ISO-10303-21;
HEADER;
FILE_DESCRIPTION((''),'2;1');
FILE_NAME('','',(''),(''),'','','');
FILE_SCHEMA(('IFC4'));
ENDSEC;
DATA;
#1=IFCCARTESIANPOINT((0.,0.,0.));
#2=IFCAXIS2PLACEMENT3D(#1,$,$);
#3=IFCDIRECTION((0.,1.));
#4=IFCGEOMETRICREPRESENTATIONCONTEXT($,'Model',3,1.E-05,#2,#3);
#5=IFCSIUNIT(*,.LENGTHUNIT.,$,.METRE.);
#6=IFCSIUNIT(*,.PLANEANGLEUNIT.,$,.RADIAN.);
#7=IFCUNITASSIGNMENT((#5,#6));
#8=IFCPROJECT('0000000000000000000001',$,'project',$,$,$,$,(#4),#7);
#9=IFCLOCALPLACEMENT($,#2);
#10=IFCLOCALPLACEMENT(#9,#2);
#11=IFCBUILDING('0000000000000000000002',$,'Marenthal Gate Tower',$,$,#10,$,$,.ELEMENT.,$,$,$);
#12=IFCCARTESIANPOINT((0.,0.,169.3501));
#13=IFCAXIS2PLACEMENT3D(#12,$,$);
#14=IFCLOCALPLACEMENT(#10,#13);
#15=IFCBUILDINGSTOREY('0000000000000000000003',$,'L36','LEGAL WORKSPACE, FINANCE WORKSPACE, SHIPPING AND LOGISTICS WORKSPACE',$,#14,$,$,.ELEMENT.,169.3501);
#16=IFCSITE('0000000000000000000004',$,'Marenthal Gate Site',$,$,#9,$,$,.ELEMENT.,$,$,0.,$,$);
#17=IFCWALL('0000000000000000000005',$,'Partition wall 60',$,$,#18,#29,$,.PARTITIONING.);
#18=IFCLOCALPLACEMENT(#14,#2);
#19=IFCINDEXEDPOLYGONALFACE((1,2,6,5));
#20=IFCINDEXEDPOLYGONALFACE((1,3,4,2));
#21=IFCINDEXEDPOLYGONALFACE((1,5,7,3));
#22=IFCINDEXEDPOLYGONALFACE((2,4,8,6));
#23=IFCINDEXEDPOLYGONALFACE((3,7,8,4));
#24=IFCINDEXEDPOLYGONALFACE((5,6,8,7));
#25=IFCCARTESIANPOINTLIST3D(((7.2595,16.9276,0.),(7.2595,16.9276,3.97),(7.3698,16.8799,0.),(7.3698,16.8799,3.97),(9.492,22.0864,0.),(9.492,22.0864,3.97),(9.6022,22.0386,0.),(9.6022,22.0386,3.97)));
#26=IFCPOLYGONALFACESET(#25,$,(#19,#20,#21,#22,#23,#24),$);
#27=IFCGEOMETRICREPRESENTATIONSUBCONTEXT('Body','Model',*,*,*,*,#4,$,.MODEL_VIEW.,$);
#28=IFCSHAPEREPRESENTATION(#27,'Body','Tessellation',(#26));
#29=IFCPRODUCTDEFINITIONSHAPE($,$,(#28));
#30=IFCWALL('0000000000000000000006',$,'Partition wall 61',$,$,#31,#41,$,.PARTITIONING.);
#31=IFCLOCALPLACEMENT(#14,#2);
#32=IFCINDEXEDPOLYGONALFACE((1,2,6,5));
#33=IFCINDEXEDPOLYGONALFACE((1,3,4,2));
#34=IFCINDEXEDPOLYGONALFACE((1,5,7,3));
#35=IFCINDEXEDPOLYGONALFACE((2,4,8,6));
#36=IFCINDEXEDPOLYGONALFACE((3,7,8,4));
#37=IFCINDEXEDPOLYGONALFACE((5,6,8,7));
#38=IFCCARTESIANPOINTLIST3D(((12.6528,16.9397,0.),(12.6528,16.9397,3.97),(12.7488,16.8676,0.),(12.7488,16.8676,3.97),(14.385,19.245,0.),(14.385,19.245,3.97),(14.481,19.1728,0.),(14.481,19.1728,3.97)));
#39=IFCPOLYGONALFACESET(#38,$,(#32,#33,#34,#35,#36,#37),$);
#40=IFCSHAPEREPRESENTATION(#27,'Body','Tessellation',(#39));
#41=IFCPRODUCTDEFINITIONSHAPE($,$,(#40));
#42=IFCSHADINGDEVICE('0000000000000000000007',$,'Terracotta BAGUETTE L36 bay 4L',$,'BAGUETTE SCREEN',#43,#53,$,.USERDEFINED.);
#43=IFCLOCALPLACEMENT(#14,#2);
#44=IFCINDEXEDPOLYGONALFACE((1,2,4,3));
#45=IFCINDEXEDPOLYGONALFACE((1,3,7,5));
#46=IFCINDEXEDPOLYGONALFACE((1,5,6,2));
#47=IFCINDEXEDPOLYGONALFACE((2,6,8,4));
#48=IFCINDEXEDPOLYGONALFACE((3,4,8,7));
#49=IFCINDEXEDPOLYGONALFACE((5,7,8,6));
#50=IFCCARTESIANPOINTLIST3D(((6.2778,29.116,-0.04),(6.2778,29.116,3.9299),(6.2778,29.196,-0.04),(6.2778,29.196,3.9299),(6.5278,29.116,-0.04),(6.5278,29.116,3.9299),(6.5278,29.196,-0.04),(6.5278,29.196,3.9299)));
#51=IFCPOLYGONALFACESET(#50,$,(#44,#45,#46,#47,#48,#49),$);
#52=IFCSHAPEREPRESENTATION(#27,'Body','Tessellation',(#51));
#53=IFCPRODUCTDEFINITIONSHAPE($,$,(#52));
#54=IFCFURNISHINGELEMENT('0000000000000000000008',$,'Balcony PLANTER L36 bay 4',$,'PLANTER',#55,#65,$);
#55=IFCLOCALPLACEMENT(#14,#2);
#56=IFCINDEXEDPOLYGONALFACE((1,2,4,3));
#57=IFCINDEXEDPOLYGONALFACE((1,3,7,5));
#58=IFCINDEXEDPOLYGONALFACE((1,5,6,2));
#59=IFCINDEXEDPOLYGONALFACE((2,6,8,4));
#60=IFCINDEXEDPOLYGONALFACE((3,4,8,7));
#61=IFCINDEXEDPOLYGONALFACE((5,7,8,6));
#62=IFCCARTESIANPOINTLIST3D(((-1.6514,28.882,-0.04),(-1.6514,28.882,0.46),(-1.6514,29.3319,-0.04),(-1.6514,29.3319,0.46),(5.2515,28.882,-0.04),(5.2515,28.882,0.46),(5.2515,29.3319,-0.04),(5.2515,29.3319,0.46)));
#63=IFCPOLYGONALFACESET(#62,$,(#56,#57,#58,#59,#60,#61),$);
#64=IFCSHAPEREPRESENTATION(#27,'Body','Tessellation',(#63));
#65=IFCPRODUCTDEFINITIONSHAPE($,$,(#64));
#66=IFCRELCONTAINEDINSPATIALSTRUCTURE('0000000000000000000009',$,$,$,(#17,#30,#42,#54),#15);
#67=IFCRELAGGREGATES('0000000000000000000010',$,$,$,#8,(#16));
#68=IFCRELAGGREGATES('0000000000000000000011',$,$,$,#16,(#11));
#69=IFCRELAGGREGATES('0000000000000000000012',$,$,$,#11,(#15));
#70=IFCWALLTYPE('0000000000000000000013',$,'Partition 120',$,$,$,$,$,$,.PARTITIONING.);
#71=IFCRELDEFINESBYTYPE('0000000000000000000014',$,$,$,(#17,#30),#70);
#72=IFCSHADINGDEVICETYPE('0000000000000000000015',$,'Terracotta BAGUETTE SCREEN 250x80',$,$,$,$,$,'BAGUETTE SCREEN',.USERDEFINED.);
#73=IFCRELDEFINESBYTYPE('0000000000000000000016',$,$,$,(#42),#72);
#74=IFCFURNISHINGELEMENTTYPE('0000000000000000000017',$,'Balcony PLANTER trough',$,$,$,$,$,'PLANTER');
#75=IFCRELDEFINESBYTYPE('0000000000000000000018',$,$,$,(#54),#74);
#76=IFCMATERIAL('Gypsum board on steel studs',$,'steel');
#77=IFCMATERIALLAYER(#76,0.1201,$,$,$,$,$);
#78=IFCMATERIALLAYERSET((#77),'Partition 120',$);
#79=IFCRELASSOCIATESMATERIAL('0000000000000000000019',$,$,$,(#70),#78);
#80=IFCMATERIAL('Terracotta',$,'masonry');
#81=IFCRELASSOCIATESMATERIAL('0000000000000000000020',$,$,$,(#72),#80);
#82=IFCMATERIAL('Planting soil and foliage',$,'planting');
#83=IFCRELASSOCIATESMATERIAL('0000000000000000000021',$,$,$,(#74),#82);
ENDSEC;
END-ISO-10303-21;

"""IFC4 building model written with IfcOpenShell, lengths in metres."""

from ifc_helpers import new_model, si_unit, direction, frame, frame_2d, origin, origin_2d, place, context, subcontext, project, spatial, rectangle, extrude, material, layer, layer_set, material_profile, profile_set, type_object, element, save


model = new_model("IFC4")

# Units and contexts
model_context = context("Model", 3, precision=1e-05, world=origin(), true_north=direction((0.0, 1.0)))
body_context = subcontext(model_context, "Body", "Model", "MODEL_VIEW")
ifc_project = project(units=[si_unit("LENGTHUNIT", "METRE"), si_unit("PLANEANGLEUNIT", "RADIAN")], contexts=[model_context])

# Site, building, storey
site_placement = place(None, origin())
site = spatial("IfcSite", under=ifc_project, at=site_placement, Name="Marenthal Gate Site", CompositionType="ELEMENT", RefElevation=0.0)
building_placement = place(site_placement, origin())
building = spatial("IfcBuilding", under=site, at=building_placement, Name="Marenthal Gate Tower", CompositionType="ELEMENT")
storey_placement = place(building_placement, frame((0.0, 0.0, 169.3501)))
storey = spatial("IfcBuildingStorey", under=building, at=storey_placement, Name="L36", Description="LEGAL WORKSPACE, FINANCE WORKSPACE, SHIPPING AND LOGISTICS WORKSPACE", CompositionType="ELEMENT", Elevation=169.3501)

# Walls
ifc_material_1 = material(Name="Gypsum board on steel studs", Category="steel")
ifc_layer_1 = layer(ifc_material_1, 0.1201)
ifc_layer_set_1 = layer_set([ifc_layer_1], Name="Partition 120")
wall_type_1 = type_object("IfcWallType", Name="Partition 120", PredefinedType="PARTITIONING", material=ifc_layer_set_1)
wall_1_placement = place(storey_placement, frame((9.5471, 22.0625, 0.0), z_axis=(0.0, 0.0, 1.0), x_axis=(-0.397156, -0.917751, 0.0)))
element("IfcWall", 1, at=wall_1_placement, inside=storey, type_object=wall_type_1, Name="Partition wall 60", PredefinedType="PARTITIONING", context=body_context, shape_type="SweptSolid", body=[
    extrude(rectangle(XDim=5.6211, YDim=0.1201, at=frame_2d((2.8105, 0.0))), origin(), (0.0, 0.0, 1.0), 3.97),
])
wall_2_placement = place(storey_placement, frame((14.4331, 19.209, 0.0), z_axis=(0.0, 0.0, 1.0), x_axis=(-0.600731, -0.799451, 0.0)))
element("IfcWall", 2, at=wall_2_placement, inside=storey, type_object=wall_type_1, Name="Partition wall 61", PredefinedType="PARTITIONING", context=body_context, shape_type="SweptSolid", body=[
    extrude(rectangle(XDim=2.8835, YDim=0.1201, at=frame_2d((1.4419, 0.0))), origin(), (0.0, 0.0, 1.0), 3.97),
])

# Shading device
ifc_material_2 = material(Name="Terracotta", Category="masonry")
ifc_material_profile_1 = material_profile(ifc_material_2, rectangle(XDim=0.25, YDim=0.0801, at=origin_2d()), Name="Terracotta baguette 250x80")
ifc_profile_set_1 = profile_set([ifc_material_profile_1], Name="Terracotta")
shading_device_type = type_object("IfcShadingDeviceType", Name="Terracotta BAGUETTE SCREEN 250x80", ElementType="BAGUETTE SCREEN", PredefinedType="USERDEFINED", material=ifc_profile_set_1)
shading_device_placement = place(storey_placement, frame((6.4028, 29.156, -0.04), z_axis=(0.0, 0.0, 1.0), x_axis=(-1.0, 0.0, 0.0)))
element("IfcShadingDevice", 3, at=shading_device_placement, inside=storey, type_object=shading_device_type, Name="Terracotta BAGUETTE L36 bay 4L", ObjectType="BAGUETTE SCREEN", PredefinedType="USERDEFINED", context=body_context, shape_type="SweptSolid", body=[
    extrude(rectangle(XDim=0.25, YDim=0.0801, at=origin_2d()), origin(), (0.0, 0.0, 1.0), 3.97),
])

# Furnishing element
ifc_material_3 = material(Name="Planting soil and foliage", Category="planting")
furnishing_element_type = type_object("IfcFurnishingElementType", Name="Balcony PLANTER trough", ElementType="PLANTER", material=ifc_material_3)
furnishing_placement = place(storey_placement, frame((1.8, 29.1069, -0.04), z_axis=(0.0, 0.0, 1.0), x_axis=(-1.0, 0.0, 0.0)))
element("IfcFurnishingElement", 4, at=furnishing_placement, inside=storey, type_object=furnishing_element_type, Name="Balcony PLANTER L36 bay 4", ObjectType="PLANTER", context=body_context, shape_type="SweptSolid", body=[
    extrude(rectangle(XDim=6.9028, YDim=0.45, at=origin_2d()), origin(), (0.0, 0.0, 1.0), 0.5),
])

save(model, "model.ifc")
